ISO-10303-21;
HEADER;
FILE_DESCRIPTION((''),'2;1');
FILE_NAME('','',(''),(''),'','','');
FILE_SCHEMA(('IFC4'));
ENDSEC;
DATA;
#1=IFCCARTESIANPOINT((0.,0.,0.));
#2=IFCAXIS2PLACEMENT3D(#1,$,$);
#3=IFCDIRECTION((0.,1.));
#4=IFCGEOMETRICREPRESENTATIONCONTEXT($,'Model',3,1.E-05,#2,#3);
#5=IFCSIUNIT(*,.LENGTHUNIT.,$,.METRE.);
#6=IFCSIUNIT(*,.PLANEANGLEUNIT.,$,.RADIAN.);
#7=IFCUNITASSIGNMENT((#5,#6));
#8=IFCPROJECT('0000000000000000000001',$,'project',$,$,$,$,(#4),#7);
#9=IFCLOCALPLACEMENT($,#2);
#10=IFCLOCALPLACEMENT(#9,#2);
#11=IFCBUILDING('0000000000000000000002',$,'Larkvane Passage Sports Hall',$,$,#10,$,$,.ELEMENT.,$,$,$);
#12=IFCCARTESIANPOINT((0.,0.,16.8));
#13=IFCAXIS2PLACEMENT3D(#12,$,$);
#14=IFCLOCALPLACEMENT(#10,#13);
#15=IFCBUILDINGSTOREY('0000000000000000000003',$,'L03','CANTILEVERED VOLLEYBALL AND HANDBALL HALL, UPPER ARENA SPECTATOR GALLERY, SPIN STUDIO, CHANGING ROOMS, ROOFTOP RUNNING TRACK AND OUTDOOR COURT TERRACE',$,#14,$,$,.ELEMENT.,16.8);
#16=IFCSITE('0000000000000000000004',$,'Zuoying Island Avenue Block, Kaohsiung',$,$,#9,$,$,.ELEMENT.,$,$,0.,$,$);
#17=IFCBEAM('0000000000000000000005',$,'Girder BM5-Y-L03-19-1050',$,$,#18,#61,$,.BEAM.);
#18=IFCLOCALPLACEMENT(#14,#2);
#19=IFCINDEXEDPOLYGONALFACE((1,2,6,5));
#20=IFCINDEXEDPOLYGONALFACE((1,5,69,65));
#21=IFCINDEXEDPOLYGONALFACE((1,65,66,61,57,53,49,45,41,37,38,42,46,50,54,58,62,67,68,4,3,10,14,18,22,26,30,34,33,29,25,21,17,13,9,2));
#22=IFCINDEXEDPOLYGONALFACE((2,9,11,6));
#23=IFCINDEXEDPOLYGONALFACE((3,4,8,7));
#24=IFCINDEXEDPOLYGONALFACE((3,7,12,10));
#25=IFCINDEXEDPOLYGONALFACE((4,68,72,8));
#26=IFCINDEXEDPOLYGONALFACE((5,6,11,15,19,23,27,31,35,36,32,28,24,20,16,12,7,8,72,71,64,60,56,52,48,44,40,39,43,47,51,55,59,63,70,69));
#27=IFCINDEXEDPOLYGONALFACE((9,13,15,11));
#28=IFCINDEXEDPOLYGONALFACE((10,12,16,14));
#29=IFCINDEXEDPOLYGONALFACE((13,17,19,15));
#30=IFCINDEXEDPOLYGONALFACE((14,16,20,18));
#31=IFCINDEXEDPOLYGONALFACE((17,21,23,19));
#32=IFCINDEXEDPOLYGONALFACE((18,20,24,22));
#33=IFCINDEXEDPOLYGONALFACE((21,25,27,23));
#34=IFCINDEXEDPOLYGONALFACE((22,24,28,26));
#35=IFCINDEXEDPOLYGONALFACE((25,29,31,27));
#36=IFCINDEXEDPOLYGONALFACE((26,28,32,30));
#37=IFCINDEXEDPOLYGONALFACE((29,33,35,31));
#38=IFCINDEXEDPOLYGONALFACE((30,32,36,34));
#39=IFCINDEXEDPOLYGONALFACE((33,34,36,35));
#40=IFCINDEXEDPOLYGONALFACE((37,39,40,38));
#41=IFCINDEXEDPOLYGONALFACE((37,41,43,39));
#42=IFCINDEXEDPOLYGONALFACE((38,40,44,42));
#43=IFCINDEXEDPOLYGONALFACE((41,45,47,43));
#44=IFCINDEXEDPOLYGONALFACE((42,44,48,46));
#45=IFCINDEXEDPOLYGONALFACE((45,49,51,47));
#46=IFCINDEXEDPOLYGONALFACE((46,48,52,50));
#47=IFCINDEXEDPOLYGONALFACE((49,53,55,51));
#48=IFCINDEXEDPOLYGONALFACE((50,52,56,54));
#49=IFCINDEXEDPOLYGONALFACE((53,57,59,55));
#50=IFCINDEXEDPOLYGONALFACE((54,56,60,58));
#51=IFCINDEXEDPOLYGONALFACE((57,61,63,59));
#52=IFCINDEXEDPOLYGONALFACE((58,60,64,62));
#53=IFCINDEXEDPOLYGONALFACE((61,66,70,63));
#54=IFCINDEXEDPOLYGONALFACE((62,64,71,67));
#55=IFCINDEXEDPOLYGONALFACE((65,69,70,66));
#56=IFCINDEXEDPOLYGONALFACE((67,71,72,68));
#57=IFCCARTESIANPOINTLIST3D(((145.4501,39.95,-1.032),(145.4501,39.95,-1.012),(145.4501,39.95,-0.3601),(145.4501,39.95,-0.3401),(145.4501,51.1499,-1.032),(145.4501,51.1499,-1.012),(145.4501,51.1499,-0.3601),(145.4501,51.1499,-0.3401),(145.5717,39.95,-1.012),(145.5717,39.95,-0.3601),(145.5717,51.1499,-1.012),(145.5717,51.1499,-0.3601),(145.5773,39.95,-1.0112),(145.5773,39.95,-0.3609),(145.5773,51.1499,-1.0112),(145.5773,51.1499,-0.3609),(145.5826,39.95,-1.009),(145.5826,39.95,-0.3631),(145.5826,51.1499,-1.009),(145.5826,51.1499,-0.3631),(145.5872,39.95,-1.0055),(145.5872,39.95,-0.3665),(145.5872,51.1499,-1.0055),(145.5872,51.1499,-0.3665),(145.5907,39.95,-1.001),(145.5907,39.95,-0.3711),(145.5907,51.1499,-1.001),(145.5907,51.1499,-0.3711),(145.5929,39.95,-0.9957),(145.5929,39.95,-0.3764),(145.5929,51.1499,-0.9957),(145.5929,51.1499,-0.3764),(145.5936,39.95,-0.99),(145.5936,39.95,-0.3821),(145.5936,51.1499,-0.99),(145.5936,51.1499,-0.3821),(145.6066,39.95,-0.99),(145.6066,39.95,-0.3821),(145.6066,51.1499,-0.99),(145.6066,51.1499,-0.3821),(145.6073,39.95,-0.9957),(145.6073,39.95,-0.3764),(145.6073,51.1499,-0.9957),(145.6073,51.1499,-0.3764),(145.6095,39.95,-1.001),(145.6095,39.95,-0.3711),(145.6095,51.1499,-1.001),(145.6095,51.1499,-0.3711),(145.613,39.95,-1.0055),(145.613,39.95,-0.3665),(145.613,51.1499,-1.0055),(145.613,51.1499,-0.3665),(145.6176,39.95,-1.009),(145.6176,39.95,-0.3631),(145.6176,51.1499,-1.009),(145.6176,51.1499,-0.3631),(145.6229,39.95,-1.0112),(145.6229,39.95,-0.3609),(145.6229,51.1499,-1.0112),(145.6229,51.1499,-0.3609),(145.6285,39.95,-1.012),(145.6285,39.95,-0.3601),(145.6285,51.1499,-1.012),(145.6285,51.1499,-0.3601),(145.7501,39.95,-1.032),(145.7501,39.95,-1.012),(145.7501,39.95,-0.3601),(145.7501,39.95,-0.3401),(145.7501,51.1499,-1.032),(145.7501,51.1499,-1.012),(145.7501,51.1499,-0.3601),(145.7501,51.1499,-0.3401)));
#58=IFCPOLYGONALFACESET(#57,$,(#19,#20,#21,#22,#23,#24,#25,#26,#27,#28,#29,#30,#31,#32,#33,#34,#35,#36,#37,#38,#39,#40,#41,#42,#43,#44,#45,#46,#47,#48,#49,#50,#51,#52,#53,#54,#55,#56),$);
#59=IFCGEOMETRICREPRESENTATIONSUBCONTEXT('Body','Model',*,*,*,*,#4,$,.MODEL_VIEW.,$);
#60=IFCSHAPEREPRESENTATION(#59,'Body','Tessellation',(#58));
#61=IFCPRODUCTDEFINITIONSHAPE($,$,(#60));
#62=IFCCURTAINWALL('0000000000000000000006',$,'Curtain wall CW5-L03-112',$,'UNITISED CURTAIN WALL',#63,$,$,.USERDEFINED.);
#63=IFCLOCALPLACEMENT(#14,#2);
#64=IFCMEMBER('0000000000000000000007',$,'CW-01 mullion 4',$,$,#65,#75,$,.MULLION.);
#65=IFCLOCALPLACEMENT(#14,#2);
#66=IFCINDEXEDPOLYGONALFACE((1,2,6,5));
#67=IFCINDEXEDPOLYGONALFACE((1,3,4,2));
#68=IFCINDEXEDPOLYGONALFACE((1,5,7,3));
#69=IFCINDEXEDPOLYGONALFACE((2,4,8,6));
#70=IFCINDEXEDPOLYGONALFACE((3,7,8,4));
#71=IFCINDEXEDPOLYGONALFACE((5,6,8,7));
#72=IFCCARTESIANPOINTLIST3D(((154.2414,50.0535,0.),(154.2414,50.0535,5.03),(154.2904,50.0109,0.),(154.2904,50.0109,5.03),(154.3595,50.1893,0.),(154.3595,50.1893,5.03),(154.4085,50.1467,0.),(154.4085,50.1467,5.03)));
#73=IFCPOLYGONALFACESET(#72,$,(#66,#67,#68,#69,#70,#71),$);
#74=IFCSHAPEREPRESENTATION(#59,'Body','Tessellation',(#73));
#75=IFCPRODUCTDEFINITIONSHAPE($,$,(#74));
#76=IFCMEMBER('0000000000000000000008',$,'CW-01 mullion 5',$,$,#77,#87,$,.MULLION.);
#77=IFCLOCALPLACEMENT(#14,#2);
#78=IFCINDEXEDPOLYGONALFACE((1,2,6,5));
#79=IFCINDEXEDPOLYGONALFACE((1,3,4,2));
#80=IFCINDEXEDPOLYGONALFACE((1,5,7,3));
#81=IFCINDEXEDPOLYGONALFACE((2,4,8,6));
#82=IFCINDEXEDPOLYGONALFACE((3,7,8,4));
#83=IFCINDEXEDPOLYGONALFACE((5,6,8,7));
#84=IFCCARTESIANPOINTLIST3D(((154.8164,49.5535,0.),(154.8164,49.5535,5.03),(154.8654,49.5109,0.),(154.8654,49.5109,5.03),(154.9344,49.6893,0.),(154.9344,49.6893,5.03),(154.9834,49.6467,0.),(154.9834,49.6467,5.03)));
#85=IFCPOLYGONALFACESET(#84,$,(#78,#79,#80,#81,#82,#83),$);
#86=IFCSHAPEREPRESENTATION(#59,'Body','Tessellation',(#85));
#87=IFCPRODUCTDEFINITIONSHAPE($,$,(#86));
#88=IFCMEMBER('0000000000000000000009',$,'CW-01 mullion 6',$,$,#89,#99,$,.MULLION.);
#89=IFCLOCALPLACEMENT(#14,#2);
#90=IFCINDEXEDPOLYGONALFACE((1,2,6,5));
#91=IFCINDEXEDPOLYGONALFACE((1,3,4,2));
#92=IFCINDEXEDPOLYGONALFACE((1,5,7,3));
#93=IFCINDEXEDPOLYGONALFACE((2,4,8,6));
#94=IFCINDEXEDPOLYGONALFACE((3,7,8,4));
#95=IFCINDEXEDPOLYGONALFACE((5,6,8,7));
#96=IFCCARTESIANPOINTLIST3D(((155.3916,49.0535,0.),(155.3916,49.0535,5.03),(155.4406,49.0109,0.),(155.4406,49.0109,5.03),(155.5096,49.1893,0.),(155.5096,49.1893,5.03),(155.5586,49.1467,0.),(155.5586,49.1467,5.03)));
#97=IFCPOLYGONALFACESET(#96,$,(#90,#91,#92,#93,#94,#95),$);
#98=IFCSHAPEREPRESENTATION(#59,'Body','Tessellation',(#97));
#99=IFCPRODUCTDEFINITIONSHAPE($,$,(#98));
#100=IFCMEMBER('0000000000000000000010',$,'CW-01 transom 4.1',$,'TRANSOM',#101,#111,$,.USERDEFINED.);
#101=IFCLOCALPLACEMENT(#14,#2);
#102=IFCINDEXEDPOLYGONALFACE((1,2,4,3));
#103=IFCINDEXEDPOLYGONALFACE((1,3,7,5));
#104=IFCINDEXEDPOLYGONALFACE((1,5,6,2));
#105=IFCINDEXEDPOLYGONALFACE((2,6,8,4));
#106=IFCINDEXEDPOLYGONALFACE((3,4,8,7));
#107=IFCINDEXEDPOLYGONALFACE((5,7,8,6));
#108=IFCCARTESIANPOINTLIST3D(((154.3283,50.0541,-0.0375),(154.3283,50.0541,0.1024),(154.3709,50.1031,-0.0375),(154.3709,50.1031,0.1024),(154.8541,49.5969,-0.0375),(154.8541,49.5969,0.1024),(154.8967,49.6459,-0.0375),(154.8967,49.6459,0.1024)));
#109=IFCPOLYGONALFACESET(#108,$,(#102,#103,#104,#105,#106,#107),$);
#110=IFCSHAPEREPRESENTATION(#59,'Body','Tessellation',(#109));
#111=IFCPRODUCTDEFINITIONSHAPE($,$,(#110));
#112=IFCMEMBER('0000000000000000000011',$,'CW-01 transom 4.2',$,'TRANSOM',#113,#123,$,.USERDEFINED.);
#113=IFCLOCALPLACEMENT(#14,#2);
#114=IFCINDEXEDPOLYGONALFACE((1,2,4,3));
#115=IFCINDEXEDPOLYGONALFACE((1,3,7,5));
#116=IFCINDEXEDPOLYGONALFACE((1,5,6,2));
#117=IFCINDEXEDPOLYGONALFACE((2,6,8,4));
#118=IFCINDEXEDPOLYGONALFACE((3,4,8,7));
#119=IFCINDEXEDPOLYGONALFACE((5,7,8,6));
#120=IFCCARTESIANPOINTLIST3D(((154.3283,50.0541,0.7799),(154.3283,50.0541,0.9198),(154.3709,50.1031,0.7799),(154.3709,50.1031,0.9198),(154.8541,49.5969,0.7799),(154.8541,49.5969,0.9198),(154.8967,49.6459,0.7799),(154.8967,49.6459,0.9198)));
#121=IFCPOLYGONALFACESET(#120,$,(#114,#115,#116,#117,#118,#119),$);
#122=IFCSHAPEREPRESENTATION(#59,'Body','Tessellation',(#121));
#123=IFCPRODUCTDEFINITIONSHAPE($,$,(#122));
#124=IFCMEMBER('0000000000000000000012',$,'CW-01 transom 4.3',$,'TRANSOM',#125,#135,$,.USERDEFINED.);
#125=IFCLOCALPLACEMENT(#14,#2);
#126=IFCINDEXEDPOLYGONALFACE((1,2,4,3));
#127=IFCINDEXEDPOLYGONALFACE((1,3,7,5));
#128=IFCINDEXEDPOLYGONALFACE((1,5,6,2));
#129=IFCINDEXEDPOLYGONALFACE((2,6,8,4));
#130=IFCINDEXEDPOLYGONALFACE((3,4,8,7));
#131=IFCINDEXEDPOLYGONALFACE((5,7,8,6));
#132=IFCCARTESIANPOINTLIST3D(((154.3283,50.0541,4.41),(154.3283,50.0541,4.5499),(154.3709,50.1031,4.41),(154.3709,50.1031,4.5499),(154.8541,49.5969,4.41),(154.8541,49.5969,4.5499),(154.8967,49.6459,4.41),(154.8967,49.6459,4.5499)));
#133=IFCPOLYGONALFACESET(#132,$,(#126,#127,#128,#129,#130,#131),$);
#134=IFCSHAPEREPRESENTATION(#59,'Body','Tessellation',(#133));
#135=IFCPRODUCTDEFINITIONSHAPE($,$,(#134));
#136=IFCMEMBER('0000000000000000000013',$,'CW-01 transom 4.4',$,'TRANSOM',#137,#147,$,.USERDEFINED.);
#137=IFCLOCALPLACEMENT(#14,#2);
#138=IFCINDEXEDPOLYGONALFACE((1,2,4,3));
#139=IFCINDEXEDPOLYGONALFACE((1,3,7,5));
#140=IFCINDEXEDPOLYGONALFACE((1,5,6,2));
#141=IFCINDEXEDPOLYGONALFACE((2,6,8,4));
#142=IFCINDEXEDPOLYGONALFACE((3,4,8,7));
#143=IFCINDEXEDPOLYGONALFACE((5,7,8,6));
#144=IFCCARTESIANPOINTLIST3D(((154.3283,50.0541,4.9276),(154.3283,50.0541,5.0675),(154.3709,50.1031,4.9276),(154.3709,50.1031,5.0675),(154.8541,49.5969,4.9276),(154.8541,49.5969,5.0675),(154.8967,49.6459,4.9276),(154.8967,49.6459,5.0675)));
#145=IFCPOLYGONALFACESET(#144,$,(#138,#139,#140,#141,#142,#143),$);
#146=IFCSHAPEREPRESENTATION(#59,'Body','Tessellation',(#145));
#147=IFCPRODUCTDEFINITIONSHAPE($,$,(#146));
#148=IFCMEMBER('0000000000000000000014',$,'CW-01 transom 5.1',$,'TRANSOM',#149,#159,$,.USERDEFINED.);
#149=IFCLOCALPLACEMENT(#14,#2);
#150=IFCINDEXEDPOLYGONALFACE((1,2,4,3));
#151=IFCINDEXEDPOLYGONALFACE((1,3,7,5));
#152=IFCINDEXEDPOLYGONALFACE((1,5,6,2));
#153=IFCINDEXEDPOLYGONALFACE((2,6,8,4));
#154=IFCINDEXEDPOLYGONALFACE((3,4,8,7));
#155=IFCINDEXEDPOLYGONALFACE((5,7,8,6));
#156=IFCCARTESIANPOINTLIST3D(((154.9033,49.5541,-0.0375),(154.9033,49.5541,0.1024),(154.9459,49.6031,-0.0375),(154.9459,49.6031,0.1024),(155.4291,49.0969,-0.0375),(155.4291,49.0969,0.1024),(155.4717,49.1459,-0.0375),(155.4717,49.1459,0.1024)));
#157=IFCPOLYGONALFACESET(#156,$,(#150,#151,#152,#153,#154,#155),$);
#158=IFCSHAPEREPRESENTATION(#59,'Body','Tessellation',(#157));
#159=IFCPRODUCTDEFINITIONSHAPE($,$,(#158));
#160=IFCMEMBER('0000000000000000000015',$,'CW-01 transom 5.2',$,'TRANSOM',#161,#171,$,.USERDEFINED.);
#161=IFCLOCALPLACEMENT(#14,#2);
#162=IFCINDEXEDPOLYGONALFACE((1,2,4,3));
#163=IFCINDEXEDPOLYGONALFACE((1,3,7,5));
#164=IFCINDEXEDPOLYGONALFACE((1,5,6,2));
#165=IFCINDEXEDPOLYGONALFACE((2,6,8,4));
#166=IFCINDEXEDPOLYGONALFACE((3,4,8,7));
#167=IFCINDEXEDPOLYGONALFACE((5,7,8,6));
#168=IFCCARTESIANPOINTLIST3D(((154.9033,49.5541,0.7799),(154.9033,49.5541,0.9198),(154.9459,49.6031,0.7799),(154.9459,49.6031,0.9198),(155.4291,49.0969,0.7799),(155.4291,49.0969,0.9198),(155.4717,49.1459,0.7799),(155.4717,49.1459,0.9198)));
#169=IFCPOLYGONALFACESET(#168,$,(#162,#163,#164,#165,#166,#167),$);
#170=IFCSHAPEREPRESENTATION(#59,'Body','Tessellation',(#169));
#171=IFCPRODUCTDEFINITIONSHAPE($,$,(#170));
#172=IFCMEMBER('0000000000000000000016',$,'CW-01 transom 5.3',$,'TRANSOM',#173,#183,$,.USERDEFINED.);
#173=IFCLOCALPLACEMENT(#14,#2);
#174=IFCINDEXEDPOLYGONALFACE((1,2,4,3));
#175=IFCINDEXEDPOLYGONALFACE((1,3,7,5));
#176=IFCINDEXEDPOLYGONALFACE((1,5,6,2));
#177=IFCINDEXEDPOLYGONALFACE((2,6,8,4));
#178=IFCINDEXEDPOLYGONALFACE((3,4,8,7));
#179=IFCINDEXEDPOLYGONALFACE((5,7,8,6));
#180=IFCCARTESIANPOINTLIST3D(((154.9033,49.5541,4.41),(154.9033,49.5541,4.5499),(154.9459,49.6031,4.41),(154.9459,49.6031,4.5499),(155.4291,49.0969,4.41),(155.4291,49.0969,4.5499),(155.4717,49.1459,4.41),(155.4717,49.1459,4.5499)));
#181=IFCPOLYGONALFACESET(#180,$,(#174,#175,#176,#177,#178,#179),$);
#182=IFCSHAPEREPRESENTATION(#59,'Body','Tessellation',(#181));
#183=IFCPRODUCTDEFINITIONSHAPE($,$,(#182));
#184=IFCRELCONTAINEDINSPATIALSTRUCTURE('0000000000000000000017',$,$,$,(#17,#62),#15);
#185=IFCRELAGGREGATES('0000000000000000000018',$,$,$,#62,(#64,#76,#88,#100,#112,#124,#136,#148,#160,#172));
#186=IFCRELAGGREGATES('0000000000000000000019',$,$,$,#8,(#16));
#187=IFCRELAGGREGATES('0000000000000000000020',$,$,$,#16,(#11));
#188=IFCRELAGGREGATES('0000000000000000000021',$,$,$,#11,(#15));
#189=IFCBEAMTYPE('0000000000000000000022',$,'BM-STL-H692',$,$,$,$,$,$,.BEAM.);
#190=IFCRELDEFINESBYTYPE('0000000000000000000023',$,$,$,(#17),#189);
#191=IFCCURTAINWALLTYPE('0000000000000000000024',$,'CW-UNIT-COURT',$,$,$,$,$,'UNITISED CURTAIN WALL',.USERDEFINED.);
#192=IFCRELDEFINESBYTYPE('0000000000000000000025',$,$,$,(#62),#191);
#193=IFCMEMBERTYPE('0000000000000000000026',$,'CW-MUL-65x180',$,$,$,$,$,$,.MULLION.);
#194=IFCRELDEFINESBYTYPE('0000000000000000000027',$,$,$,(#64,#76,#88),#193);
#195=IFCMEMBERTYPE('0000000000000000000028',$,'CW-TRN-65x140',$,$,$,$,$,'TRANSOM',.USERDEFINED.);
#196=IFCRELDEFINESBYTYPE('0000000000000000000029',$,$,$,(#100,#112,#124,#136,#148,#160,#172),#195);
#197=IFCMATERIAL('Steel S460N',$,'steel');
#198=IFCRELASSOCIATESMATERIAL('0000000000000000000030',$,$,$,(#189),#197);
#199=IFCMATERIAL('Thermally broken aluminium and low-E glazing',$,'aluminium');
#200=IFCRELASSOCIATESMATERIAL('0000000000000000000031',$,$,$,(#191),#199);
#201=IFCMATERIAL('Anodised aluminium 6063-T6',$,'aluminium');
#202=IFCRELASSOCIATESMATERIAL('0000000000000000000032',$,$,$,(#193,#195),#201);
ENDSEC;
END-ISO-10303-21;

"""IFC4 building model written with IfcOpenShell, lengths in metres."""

from ifc_helpers import new_model, si_unit, direction, frame, origin, origin_2d, place, context, subcontext, project, spatial, rectangle, i_section, extrude, material, material_profile, profile_set, type_object, element, aggregate, save


model = new_model("IFC4")

# Units and contexts
model_context = context("Model", 3, precision=1e-05, world=origin(), true_north=direction((0.0, 1.0)))
body_context = subcontext(model_context, "Body", "Model", "MODEL_VIEW")
ifc_project = project(units=[si_unit("LENGTHUNIT", "METRE"), si_unit("PLANEANGLEUNIT", "RADIAN")], contexts=[model_context])

# Site, building, storey
site_placement = place(None, origin())
site = spatial("IfcSite", under=ifc_project, at=site_placement, Name="Zuoying Island Avenue Block, Kaohsiung", CompositionType="ELEMENT", RefElevation=0.0)
building_placement = place(site_placement, origin())
building = spatial("IfcBuilding", under=site, at=building_placement, Name="Larkvane Passage Sports Hall", CompositionType="ELEMENT")
storey_placement = place(building_placement, frame((0.0, 0.0, 16.8)))
storey = spatial("IfcBuildingStorey", under=building, at=storey_placement, Name="L03", Description="CANTILEVERED VOLLEYBALL AND HANDBALL HALL, UPPER ARENA SPECTATOR GALLERY, SPIN STUDIO, CHANGING ROOMS, ROOFTOP RUNNING TRACK AND OUTDOOR COURT TERRACE", CompositionType="ELEMENT", Elevation=16.8)

# Beam
ifc_material_1 = material(Name="Steel S460N", Category="steel")
ifc_material_profile_1 = material_profile(ifc_material_1, i_section(OverallWidth=0.3, OverallDepth=0.6919, WebThickness=0.0129, FlangeThickness=0.02, FilletRadius=0.022, at=origin_2d()), Name="H-692x300x13x20")
ifc_profile_set_1 = profile_set([ifc_material_profile_1], Name="Steel S460N")
beam_type = type_object("IfcBeamType", Name="BM-STL-H692", PredefinedType="BEAM", material=ifc_profile_set_1)
beam_placement = place(storey_placement, frame((145.6001, 39.95, -0.686), z_axis=(0.0, 1.0, 0.0), x_axis=(-1.0, 0.0, 0.0)))
element("IfcBeam", 1, at=beam_placement, inside=storey, type_object=beam_type, Name="Girder BM5-Y-L03-19-1050", PredefinedType="BEAM", context=body_context, shape_type="SweptSolid", body=[
    extrude(i_section(OverallWidth=0.3, OverallDepth=0.6919, WebThickness=0.0129, FlangeThickness=0.02, FilletRadius=0.022, at=origin_2d()), origin(), (0.0, 0.0, 1.0), 11.2),
])

# Curtain wall, members
ifc_material_2 = material(Name="Thermally broken aluminium and low-E glazing", Category="aluminium")
curtain_wall_type = type_object("IfcCurtainWallType", Name="CW-UNIT-COURT", ElementType="UNITISED CURTAIN WALL", PredefinedType="USERDEFINED", material=ifc_material_2)
curtain_wall_placement = place(storey_placement, origin())
curtain_wall = element("IfcCurtainWall", 2, at=curtain_wall_placement, inside=storey, type_object=curtain_wall_type, Name="Curtain wall CW5-L03-112", ObjectType="UNITISED CURTAIN WALL", PredefinedType="USERDEFINED")
ifc_material_3 = material(Name="Anodised aluminium 6063-T6", Category="aluminium")
ifc_material_profile_2 = material_profile(ifc_material_3, rectangle(XDim=0.0649, YDim=0.1799, at=origin_2d()), Name="ALU-MUL-65x180")
ifc_profile_set_2 = profile_set([ifc_material_profile_2], Name="Anodised aluminium 6063-T6")
member_type_1 = type_object("IfcMemberType", Name="CW-MUL-65x180", PredefinedType="MULLION", material=ifc_profile_set_2)
member_1_placement = place(storey_placement, frame((154.325, 50.1001, 0.0), z_axis=(0.0, 0.0, 1.0), x_axis=(0.754606, -0.656179, 0.0)))
member_1 = element("IfcMember", 3, at=member_1_placement, type_object=member_type_1, Name="CW-01 mullion 4", PredefinedType="MULLION", context=body_context, shape_type="SweptSolid", body=[
    extrude(rectangle(XDim=0.0649, YDim=0.1799, at=origin_2d()), origin(), (0.0, 0.0, 1.0), 5.03),
])
member_2_placement = place(storey_placement, frame((154.8999, 49.6001, 0.0), z_axis=(0.0, 0.0, 1.0), x_axis=(0.754606, -0.656179, 0.0)))
member_2 = element("IfcMember", 4, at=member_2_placement, type_object=member_type_1, Name="CW-01 mullion 5", PredefinedType="MULLION", context=body_context, shape_type="SweptSolid", body=[
    extrude(rectangle(XDim=0.0649, YDim=0.1799, at=origin_2d()), origin(), (0.0, 0.0, 1.0), 5.03),
])
member_3_placement = place(storey_placement, frame((155.4751, 49.1001, 0.0), z_axis=(0.0, 0.0, 1.0), x_axis=(0.754606, -0.656179, 0.0)))
member_3 = element("IfcMember", 5, at=member_3_placement, type_object=member_type_1, Name="CW-01 mullion 6", PredefinedType="MULLION", context=body_context, shape_type="SweptSolid", body=[
    extrude(rectangle(XDim=0.0649, YDim=0.1799, at=origin_2d()), origin(), (0.0, 0.0, 1.0), 5.03),
])
ifc_material_profile_3 = material_profile(ifc_material_3, rectangle(XDim=0.0649, YDim=0.1399, at=origin_2d()), Name="ALU-TRN-65x140")
ifc_profile_set_3 = profile_set([ifc_material_profile_3], Name="Anodised aluminium 6063-T6")
member_type_2 = type_object("IfcMemberType", Name="CW-TRN-65x140", ElementType="TRANSOM", PredefinedType="USERDEFINED", material=ifc_profile_set_3)
member_4_placement = place(storey_placement, frame((154.3496, 50.0786, 0.0325), z_axis=(0.754613, -0.65617, 0.0), x_axis=(0.65617, 0.754613, 0.0)))
member_4 = element("IfcMember", 6, at=member_4_placement, type_object=member_type_2, Name="CW-01 transom 4.1", ObjectType="TRANSOM", PredefinedType="USERDEFINED", context=body_context, shape_type="SweptSolid", body=[
    extrude(rectangle(XDim=0.0649, YDim=0.1399, at=origin_2d()), origin(), (0.0, 0.0, 1.0), 0.6968),
])
member_5_placement = place(storey_placement, frame((154.3496, 50.0786, 0.8499), z_axis=(0.754613, -0.65617, 0.0), x_axis=(0.65617, 0.754613, 0.0)))
member_5 = element("IfcMember", 7, at=member_5_placement, type_object=member_type_2, Name="CW-01 transom 4.2", ObjectType="TRANSOM", PredefinedType="USERDEFINED", context=body_context, shape_type="SweptSolid", body=[
    extrude(rectangle(XDim=0.0649, YDim=0.1399, at=origin_2d()), origin(), (0.0, 0.0, 1.0), 0.6968),
])
member_6_placement = place(storey_placement, frame((154.3496, 50.0786, 4.48), z_axis=(0.754613, -0.65617, 0.0), x_axis=(0.65617, 0.754613, 0.0)))
member_6 = element("IfcMember", 8, at=member_6_placement, type_object=member_type_2, Name="CW-01 transom 4.3", ObjectType="TRANSOM", PredefinedType="USERDEFINED", context=body_context, shape_type="SweptSolid", body=[
    extrude(rectangle(XDim=0.0649, YDim=0.1399, at=origin_2d()), origin(), (0.0, 0.0, 1.0), 0.6968),
])
member_7_placement = place(storey_placement, frame((154.3496, 50.0786, 4.9976), z_axis=(0.754613, -0.65617, 0.0), x_axis=(0.65617, 0.754613, 0.0)))
member_7 = element("IfcMember", 9, at=member_7_placement, type_object=member_type_2, Name="CW-01 transom 4.4", ObjectType="TRANSOM", PredefinedType="USERDEFINED", context=body_context, shape_type="SweptSolid", body=[
    extrude(rectangle(XDim=0.0649, YDim=0.1399, at=origin_2d()), origin(), (0.0, 0.0, 1.0), 0.6968),
])
member_8_placement = place(storey_placement, frame((154.9246, 49.5786, 0.0325), z_axis=(0.754613, -0.65617, 0.0), x_axis=(0.65617, 0.754613, 0.0)))
member_8 = element("IfcMember", 10, at=member_8_placement, type_object=member_type_2, Name="CW-01 transom 5.1", ObjectType="TRANSOM", PredefinedType="USERDEFINED", context=body_context, shape_type="SweptSolid", body=[
    extrude(rectangle(XDim=0.0649, YDim=0.1399, at=origin_2d()), origin(), (0.0, 0.0, 1.0), 0.6968),
])
member_9_placement = place(storey_placement, frame((154.9246, 49.5786, 0.8499), z_axis=(0.754613, -0.65617, 0.0), x_axis=(0.65617, 0.754613, 0.0)))
member_9 = element("IfcMember", 11, at=member_9_placement, type_object=member_type_2, Name="CW-01 transom 5.2", ObjectType="TRANSOM", PredefinedType="USERDEFINED", context=body_context, shape_type="SweptSolid", body=[
    extrude(rectangle(XDim=0.0649, YDim=0.1399, at=origin_2d()), origin(), (0.0, 0.0, 1.0), 0.6968),
])
member_10_placement = place(storey_placement, frame((154.9246, 49.5786, 4.48), z_axis=(0.754613, -0.65617, 0.0), x_axis=(0.65617, 0.754613, 0.0)))
member_10 = element("IfcMember", 12, at=member_10_placement, type_object=member_type_2, Name="CW-01 transom 5.3", ObjectType="TRANSOM", PredefinedType="USERDEFINED", context=body_context, shape_type="SweptSolid", body=[
    extrude(rectangle(XDim=0.0649, YDim=0.1399, at=origin_2d()), origin(), (0.0, 0.0, 1.0), 0.6968),
])
aggregate(curtain_wall, [member_1, member_2, member_3, member_4, member_5, member_6, member_7, member_8, member_9, member_10])

save(model, "model.ifc")
